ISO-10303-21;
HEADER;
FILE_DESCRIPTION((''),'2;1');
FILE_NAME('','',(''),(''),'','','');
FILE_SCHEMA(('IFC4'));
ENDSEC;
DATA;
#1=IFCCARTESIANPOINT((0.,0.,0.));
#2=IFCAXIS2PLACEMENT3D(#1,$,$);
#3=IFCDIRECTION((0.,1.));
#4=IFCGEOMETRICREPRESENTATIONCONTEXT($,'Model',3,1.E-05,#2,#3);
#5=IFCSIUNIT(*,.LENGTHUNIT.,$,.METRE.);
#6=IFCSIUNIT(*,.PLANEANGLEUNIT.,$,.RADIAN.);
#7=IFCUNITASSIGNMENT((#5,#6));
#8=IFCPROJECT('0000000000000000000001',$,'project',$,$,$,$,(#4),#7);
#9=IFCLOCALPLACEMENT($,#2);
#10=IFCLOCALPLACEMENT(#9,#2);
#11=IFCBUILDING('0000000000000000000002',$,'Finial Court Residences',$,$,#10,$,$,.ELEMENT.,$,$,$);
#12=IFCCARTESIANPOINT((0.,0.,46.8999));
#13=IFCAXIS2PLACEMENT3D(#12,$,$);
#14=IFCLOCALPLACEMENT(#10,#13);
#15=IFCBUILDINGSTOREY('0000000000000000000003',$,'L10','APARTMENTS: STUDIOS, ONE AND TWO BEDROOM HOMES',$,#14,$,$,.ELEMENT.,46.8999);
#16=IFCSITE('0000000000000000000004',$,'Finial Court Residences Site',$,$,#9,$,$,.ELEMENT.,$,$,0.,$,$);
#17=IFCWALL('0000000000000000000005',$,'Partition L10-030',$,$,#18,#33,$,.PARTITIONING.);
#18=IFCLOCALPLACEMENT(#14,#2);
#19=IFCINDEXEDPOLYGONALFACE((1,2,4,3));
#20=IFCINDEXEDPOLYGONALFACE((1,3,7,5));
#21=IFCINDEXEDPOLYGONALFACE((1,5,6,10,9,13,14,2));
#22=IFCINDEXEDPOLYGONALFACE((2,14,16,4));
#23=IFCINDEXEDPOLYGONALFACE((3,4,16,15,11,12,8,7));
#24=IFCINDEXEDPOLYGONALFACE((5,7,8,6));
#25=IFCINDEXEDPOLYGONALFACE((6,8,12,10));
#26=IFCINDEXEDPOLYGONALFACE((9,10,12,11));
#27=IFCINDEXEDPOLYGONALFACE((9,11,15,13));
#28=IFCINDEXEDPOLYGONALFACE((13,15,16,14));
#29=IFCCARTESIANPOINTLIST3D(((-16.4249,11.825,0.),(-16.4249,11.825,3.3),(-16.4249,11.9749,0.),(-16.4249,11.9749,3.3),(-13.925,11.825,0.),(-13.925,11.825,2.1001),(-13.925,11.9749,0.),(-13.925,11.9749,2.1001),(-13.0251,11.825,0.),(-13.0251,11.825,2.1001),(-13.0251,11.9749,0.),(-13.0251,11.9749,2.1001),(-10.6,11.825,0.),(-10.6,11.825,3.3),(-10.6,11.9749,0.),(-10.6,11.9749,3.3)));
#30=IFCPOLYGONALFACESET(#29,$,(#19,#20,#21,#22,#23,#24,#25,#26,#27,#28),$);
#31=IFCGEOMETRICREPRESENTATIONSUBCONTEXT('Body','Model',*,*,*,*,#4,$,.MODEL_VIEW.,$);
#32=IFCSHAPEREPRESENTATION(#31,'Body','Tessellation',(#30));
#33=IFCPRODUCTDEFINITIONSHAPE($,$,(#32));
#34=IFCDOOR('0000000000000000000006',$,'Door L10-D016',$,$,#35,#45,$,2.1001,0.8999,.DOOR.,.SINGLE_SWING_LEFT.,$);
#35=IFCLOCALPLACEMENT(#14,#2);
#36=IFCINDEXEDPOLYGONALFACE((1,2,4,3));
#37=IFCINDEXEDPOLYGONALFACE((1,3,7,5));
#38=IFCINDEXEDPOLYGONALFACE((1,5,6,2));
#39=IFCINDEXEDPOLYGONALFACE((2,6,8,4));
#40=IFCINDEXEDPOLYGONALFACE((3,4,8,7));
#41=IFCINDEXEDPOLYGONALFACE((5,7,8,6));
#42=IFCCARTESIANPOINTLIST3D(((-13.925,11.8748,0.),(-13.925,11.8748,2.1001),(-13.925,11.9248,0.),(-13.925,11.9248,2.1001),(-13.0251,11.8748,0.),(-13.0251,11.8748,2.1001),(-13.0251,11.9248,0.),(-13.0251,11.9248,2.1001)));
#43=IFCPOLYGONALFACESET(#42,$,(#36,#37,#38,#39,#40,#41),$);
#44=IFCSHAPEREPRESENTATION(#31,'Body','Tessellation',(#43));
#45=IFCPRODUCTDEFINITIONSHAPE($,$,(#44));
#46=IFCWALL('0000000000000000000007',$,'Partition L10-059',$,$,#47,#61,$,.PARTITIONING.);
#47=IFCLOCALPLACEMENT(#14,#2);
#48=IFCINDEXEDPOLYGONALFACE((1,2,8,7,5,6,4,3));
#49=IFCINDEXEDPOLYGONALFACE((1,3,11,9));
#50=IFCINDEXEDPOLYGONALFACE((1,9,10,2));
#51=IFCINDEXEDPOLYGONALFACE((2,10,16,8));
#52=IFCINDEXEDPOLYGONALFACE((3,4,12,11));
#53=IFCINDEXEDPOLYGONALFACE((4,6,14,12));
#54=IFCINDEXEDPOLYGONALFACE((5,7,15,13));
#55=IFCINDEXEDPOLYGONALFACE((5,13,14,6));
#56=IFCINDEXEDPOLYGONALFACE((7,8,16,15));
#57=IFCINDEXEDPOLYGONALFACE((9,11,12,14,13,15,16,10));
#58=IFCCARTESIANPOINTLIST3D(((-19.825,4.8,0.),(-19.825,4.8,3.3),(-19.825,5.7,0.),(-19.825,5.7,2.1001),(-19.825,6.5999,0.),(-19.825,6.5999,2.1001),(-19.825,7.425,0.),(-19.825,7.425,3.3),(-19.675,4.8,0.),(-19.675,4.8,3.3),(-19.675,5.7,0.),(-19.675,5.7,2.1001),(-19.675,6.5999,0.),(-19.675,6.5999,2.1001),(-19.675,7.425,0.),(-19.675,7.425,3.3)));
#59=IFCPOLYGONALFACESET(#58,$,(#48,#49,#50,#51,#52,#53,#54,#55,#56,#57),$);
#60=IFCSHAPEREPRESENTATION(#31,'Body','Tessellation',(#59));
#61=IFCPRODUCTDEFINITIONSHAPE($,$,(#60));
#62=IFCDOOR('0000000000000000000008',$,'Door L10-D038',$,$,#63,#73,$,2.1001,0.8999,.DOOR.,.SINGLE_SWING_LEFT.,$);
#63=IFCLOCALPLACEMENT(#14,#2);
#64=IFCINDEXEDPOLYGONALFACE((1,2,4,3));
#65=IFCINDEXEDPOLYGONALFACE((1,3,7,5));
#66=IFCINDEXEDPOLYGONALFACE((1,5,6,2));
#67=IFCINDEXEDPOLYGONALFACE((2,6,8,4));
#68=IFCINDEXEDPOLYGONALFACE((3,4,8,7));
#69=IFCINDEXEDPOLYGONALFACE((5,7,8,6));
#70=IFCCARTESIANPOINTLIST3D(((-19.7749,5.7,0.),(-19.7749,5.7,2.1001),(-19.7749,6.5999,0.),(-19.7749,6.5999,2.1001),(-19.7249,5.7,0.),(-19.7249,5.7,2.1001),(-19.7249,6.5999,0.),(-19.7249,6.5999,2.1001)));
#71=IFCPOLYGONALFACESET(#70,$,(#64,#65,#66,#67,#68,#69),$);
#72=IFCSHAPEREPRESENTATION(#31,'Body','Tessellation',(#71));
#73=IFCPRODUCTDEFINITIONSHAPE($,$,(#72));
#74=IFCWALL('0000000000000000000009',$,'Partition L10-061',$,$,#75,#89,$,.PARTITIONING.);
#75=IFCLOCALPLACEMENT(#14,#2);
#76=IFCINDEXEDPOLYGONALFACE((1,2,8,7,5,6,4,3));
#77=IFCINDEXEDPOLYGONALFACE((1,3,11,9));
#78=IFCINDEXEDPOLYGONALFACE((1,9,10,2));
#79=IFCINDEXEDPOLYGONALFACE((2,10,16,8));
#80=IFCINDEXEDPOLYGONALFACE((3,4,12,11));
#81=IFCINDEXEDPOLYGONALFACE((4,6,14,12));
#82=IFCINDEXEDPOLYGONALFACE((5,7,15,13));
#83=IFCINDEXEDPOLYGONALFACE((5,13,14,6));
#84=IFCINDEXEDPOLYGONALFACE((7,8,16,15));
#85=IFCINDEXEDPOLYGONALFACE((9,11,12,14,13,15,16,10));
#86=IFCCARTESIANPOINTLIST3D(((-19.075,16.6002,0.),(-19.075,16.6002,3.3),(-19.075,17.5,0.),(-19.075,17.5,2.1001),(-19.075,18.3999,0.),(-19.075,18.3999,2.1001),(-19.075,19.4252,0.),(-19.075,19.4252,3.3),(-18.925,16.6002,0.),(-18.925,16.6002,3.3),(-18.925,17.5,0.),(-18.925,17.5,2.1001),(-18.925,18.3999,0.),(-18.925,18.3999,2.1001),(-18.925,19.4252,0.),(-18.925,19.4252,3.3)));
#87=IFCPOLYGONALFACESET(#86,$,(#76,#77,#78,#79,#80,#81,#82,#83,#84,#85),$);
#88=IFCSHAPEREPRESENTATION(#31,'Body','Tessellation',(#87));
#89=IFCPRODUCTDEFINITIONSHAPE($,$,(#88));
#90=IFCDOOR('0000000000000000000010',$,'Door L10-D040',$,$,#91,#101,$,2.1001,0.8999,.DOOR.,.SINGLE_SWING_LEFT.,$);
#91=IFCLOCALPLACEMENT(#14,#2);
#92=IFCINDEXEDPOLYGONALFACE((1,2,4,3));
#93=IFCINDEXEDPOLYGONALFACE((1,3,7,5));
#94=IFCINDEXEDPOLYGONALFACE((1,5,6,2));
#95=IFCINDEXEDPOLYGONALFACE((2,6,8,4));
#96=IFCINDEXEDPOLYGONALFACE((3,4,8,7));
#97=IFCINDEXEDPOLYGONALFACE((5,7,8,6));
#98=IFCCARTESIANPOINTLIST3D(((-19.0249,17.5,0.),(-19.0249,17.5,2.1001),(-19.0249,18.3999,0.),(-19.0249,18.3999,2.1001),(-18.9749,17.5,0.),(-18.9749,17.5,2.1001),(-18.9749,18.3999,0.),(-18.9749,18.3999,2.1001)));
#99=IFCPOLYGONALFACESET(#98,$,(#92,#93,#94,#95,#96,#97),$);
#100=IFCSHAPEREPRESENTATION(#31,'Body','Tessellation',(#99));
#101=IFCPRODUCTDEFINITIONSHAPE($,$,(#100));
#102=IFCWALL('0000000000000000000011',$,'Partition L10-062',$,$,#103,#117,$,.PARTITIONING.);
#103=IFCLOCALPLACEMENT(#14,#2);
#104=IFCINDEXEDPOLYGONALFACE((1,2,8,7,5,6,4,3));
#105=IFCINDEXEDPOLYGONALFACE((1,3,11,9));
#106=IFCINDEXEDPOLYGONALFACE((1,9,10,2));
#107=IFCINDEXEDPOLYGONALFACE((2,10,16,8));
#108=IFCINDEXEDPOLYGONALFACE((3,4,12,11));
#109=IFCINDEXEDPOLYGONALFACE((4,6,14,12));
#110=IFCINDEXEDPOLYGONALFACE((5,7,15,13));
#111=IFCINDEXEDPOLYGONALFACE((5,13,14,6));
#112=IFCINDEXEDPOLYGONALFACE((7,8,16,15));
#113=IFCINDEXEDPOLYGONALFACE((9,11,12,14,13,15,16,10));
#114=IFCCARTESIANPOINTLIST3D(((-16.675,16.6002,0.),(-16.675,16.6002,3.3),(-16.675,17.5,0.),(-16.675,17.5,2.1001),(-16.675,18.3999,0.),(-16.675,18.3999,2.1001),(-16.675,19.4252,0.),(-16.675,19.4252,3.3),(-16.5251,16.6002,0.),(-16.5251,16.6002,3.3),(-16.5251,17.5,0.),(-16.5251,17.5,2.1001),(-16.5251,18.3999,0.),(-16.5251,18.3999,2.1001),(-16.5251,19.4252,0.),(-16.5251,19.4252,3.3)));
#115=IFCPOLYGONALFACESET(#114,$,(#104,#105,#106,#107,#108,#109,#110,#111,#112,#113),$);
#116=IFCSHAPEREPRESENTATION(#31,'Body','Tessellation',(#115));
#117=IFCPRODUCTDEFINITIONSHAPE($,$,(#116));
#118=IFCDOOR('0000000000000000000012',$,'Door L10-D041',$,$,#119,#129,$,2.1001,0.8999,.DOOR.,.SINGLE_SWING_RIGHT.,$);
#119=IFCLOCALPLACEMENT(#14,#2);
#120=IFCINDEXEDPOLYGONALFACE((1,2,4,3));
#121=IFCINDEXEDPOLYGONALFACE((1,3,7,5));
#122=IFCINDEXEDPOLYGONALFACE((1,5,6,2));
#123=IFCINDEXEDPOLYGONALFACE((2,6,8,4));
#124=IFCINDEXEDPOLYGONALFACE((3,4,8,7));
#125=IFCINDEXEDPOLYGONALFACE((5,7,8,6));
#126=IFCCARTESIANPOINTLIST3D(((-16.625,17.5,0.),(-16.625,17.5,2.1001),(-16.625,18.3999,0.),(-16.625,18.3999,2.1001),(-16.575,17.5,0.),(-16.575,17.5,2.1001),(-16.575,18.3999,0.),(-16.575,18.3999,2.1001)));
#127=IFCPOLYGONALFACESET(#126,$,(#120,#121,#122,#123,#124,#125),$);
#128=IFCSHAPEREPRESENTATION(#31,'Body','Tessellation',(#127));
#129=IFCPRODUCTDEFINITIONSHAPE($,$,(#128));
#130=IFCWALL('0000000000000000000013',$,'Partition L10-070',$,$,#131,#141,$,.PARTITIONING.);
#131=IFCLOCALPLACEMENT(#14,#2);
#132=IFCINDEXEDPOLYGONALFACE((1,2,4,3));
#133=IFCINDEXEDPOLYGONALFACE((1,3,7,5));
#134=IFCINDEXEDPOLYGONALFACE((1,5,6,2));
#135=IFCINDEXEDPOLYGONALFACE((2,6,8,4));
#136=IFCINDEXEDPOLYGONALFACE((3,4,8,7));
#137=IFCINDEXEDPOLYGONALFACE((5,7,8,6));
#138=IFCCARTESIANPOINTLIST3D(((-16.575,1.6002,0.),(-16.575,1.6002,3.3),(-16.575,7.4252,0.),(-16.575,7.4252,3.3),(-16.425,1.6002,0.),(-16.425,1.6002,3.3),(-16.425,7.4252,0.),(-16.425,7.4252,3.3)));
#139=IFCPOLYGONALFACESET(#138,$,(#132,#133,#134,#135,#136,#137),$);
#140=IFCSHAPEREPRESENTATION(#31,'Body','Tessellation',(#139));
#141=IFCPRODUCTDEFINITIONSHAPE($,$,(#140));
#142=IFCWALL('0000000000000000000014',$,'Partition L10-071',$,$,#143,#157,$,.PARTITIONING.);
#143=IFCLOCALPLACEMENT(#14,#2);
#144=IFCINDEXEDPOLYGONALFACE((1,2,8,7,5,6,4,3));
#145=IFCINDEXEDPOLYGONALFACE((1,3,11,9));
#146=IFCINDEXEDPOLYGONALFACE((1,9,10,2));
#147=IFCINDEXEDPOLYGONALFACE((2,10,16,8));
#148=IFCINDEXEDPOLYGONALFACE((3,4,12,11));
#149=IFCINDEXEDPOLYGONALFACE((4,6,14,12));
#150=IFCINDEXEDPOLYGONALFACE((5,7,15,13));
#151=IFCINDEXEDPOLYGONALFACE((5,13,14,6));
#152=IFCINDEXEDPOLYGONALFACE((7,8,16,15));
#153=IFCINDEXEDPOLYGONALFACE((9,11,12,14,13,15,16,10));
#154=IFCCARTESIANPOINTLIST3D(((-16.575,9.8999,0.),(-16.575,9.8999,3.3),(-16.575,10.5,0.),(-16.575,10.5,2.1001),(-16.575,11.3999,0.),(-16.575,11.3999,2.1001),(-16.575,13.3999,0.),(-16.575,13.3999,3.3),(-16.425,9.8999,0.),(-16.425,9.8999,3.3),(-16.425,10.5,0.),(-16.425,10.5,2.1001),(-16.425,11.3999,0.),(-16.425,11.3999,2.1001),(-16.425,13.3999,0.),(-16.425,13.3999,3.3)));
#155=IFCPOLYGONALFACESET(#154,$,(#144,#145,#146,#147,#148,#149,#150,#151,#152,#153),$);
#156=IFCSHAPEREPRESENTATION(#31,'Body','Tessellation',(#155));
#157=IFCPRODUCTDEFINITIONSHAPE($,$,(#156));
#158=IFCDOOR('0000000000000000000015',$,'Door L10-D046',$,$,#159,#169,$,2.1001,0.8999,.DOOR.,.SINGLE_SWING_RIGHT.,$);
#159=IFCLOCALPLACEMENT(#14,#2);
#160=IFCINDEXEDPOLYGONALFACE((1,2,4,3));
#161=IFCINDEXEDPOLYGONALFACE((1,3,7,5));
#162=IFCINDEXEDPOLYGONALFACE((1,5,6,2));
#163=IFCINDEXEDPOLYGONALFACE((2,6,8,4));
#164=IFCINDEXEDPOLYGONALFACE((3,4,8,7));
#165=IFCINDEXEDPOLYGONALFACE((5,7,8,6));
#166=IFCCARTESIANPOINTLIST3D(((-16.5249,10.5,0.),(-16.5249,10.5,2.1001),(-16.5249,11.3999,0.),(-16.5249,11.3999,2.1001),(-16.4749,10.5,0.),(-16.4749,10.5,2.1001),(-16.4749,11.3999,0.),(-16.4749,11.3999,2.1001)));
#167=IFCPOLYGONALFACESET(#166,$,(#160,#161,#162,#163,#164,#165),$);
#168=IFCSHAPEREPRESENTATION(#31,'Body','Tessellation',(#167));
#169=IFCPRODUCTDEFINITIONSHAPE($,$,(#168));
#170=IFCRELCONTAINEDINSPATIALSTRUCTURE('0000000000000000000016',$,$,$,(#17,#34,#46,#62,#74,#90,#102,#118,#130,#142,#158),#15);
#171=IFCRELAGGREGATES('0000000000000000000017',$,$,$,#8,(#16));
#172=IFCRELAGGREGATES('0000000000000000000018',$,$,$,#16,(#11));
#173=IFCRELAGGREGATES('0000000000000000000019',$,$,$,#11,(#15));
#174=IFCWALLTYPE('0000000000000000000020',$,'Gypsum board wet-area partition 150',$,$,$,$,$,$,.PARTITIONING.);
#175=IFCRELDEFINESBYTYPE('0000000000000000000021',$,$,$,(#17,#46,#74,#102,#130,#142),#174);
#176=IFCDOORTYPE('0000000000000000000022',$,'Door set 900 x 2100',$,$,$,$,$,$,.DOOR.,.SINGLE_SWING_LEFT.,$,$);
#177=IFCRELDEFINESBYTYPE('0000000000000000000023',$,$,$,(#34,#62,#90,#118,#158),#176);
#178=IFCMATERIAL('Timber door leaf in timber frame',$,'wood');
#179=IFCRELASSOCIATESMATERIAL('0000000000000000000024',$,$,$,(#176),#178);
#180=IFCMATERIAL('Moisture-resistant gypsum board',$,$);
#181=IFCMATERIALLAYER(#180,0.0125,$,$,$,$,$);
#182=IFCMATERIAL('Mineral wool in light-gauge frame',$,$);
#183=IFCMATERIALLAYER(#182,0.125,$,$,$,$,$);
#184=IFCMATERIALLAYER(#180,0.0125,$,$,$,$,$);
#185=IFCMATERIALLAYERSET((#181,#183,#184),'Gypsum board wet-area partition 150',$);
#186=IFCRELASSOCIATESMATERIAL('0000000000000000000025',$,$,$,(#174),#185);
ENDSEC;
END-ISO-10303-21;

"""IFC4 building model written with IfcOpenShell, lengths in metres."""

from ifc_helpers import new_model, si_unit, direction, frame, frame_2d, origin, place, context, subcontext, project, spatial, rectangle, extrude, material, layer, layer_set, type_object, element, fill, save


model = new_model("IFC4")

# Units and contexts
model_context = context("Model", 3, precision=1e-05, world=origin(), true_north=direction((0.0, 1.0)))
body_context = subcontext(model_context, "Body", "Model", "MODEL_VIEW")
ifc_project = project(units=[si_unit("LENGTHUNIT", "METRE"), si_unit("PLANEANGLEUNIT", "RADIAN")], contexts=[model_context])

# Site, building, storey
site_placement = place(None, origin())
site = spatial("IfcSite", under=ifc_project, at=site_placement, Name="Finial Court Residences Site", CompositionType="ELEMENT", RefElevation=0.0)
building_placement = place(site_placement, origin())
building = spatial("IfcBuilding", under=site, at=building_placement, Name="Finial Court Residences", CompositionType="ELEMENT")
storey_placement = place(building_placement, frame((0.0, 0.0, 46.8999)))
storey = spatial("IfcBuildingStorey", under=building, at=storey_placement, Name="L10", Description="APARTMENTS: STUDIOS, ONE AND TWO BEDROOM HOMES", CompositionType="ELEMENT", Elevation=46.8999)

# Shared definitions
ifc_material_1 = material(Name="Mineral wool in light-gauge frame")
ifc_material_2 = material(Name="Timber door leaf in timber frame", Category="wood")
door_type = type_object("IfcDoorType", Name="Door set 900 x 2100", OperationType="SINGLE_SWING_LEFT", PredefinedType="DOOR", material=ifc_material_2)

# Shared definitions
ifc_material_3 = material(Name="Moisture-resistant gypsum board")
ifc_layer_1 = layer(ifc_material_3, 0.0125)
ifc_layer_2 = layer(ifc_material_1, 0.125)
ifc_layer_3 = layer(ifc_material_3, 0.0125)
ifc_layer_set_1 = layer_set([ifc_layer_1, ifc_layer_2, ifc_layer_3], Name="Gypsum board wet-area partition 150")
wall_type_1 = type_object("IfcWallType", Name="Gypsum board wet-area partition 150", PredefinedType="PARTITIONING", material=ifc_layer_set_1)

# Walls, openings, doors
wall_1_placement = place(storey_placement, frame((-16.425, 11.8999, 0.0), z_axis=(0.0, 0.0, 1.0), x_axis=(1.0, 0.0, 0.0)))
wall_1 = element("IfcWall", 1, at=wall_1_placement, inside=storey, type_object=wall_type_1, Name="Partition L10-030", PredefinedType="PARTITIONING", context=body_context, shape_type="SweptSolid", body=[
    extrude(rectangle(XDim=5.825, YDim=0.1499, at=frame_2d((2.9126, 0.0))), origin(), (0.0, 0.0, 1.0), 3.3),
])
opening_1_placement = place(wall_1_placement, frame((2.5, 0.0, 0.0)))
opening_1 = element("IfcOpeningElement", 2, at=opening_1_placement, cuts=wall_1, PredefinedType="OPENING", context=body_context, shape_type="SweptSolid", body=[
    extrude(rectangle(XDim=0.8999, YDim=2.1001, at=frame_2d((0.45, 1.05))), frame((0.0, 0.085, 0.0), z_axis=(0.0, -1.0, 0.0), x_axis=(1.0, 0.0, 0.0)), (0.0, 0.0, 1.0), 0.1699),
])
door_1_placement = place(opening_1_placement, origin())
door_1 = element("IfcDoor", 3, at=door_1_placement, inside=storey, type_object=door_type, Name="Door L10-D016", OperationType="SINGLE_SWING_LEFT", OverallHeight=2.1001, OverallWidth=0.8999, PredefinedType="DOOR", context=body_context, shape_type="SweptSolid", body=[
    extrude(rectangle(XDim=0.8999, YDim=2.1001, at=frame_2d((0.45, 1.05))), frame((0.0, 0.0249, 0.0), z_axis=(0.0, -1.0, 0.0), x_axis=(1.0, 0.0, 0.0)), (0.0, 0.0, 1.0), 0.05),
])
fill(opening_1, door_1)
wall_2_placement = place(storey_placement, frame((-19.75, 4.8, 0.0), z_axis=(0.0, 0.0, 1.0), x_axis=(0.0, 1.0, 0.0)))
wall_2 = element("IfcWall", 4, at=wall_2_placement, inside=storey, type_object=wall_type_1, Name="Partition L10-059", PredefinedType="PARTITIONING", context=body_context, shape_type="SweptSolid", body=[
    extrude(rectangle(XDim=2.625, YDim=0.1499, at=frame_2d((1.3125, 0.0))), origin(), (0.0, 0.0, 1.0), 3.3),
])
opening_2_placement = place(wall_2_placement, frame((0.8999, 0.0, 0.0)))
opening_2 = element("IfcOpeningElement", 5, at=opening_2_placement, cuts=wall_2, PredefinedType="OPENING", context=body_context, shape_type="SweptSolid", body=[
    extrude(rectangle(XDim=0.8999, YDim=2.1001, at=frame_2d((0.45, 1.05))), frame((0.0, 0.085, 0.0), z_axis=(0.0, -1.0, 0.0), x_axis=(1.0, 0.0, 0.0)), (0.0, 0.0, 1.0), 0.1699),
])
door_2_placement = place(opening_2_placement, origin())
door_2 = element("IfcDoor", 6, at=door_2_placement, inside=storey, type_object=door_type, Name="Door L10-D038", OperationType="SINGLE_SWING_LEFT", OverallHeight=2.1001, OverallWidth=0.8999, PredefinedType="DOOR", context=body_context, shape_type="SweptSolid", body=[
    extrude(rectangle(XDim=0.8999, YDim=2.1001, at=frame_2d((0.45, 1.05))), frame((0.0, 0.0249, 0.0), z_axis=(0.0, -1.0, 0.0), x_axis=(1.0, 0.0, 0.0)), (0.0, 0.0, 1.0), 0.05),
])
fill(opening_2, door_2)
wall_3_placement = place(storey_placement, frame((-19.0, 16.6001, 0.0), z_axis=(0.0, 0.0, 1.0), x_axis=(0.0, 1.0, 0.0)))
wall_3 = element("IfcWall", 7, at=wall_3_placement, inside=storey, type_object=wall_type_1, Name="Partition L10-061", PredefinedType="PARTITIONING", context=body_context, shape_type="SweptSolid", body=[
    extrude(rectangle(XDim=2.825, YDim=0.1499, at=frame_2d((1.4126, 0.0))), origin(), (0.0, 0.0, 1.0), 3.3),
])
opening_3_placement = place(wall_3_placement, frame((0.8999, 0.0, 0.0)))
opening_3 = element("IfcOpeningElement", 8, at=opening_3_placement, cuts=wall_3, PredefinedType="OPENING", context=body_context, shape_type="SweptSolid", body=[
    extrude(rectangle(XDim=0.8999, YDim=2.1001, at=frame_2d((0.45, 1.05))), frame((0.0, 0.085, 0.0), z_axis=(0.0, -1.0, 0.0), x_axis=(1.0, 0.0, 0.0)), (0.0, 0.0, 1.0), 0.1699),
])
door_3_placement = place(opening_3_placement, origin())
door_3 = element("IfcDoor", 9, at=door_3_placement, inside=storey, type_object=door_type, Name="Door L10-D040", OperationType="SINGLE_SWING_LEFT", OverallHeight=2.1001, OverallWidth=0.8999, PredefinedType="DOOR", context=body_context, shape_type="SweptSolid", body=[
    extrude(rectangle(XDim=0.8999, YDim=2.1001, at=frame_2d((0.45, 1.05))), frame((0.0, 0.0249, 0.0), z_axis=(0.0, -1.0, 0.0), x_axis=(1.0, 0.0, 0.0)), (0.0, 0.0, 1.0), 0.05),
])
fill(opening_3, door_3)
wall_4_placement = place(storey_placement, frame((-16.6001, 16.6001, 0.0), z_axis=(0.0, 0.0, 1.0), x_axis=(0.0, 1.0, 0.0)))
wall_4 = element("IfcWall", 10, at=wall_4_placement, inside=storey, type_object=wall_type_1, Name="Partition L10-062", PredefinedType="PARTITIONING", context=body_context, shape_type="SweptSolid", body=[
    extrude(rectangle(XDim=2.825, YDim=0.1499, at=frame_2d((1.4126, 0.0))), origin(), (0.0, 0.0, 1.0), 3.3),
])
opening_4_placement = place(wall_4_placement, frame((0.8999, 0.0, 0.0)))
opening_4 = element("IfcOpeningElement", 11, at=opening_4_placement, cuts=wall_4, PredefinedType="OPENING", context=body_context, shape_type="SweptSolid", body=[
    extrude(rectangle(XDim=0.8999, YDim=2.1001, at=frame_2d((0.45, 1.05))), frame((0.0, 0.085, 0.0), z_axis=(0.0, -1.0, 0.0), x_axis=(1.0, 0.0, 0.0)), (0.0, 0.0, 1.0), 0.1699),
])
door_4_placement = place(opening_4_placement, origin())
door_4 = element("IfcDoor", 12, at=door_4_placement, inside=storey, type_object=door_type, Name="Door L10-D041", OperationType="SINGLE_SWING_RIGHT", OverallHeight=2.1001, OverallWidth=0.8999, PredefinedType="DOOR", context=body_context, shape_type="SweptSolid", body=[
    extrude(rectangle(XDim=0.8999, YDim=2.1001, at=frame_2d((0.45, 1.05))), frame((0.0, 0.0249, 0.0), z_axis=(0.0, -1.0, 0.0), x_axis=(1.0, 0.0, 0.0)), (0.0, 0.0, 1.0), 0.05),
])
fill(opening_4, door_4)

# Wall
wall_5_placement = place(storey_placement, frame((-16.5, 1.6001, 0.0), z_axis=(0.0, 0.0, 1.0), x_axis=(0.0, 1.0, 0.0)))
element("IfcWall", 13, at=wall_5_placement, inside=storey, type_object=wall_type_1, Name="Partition L10-070", PredefinedType="PARTITIONING", context=body_context, shape_type="SweptSolid", body=[
    extrude(rectangle(XDim=5.825, YDim=0.1499, at=frame_2d((2.9126, 0.0))), origin(), (0.0, 0.0, 1.0), 3.3),
])

# Wall, opening, door
wall_6_placement = place(storey_placement, frame((-16.5, 9.8999, 0.0), z_axis=(0.0, 0.0, 1.0), x_axis=(0.0, 1.0, 0.0)))
wall_6 = element("IfcWall", 14, at=wall_6_placement, inside=storey, type_object=wall_type_1, Name="Partition L10-071", PredefinedType="PARTITIONING", context=body_context, shape_type="SweptSolid", body=[
    extrude(rectangle(XDim=3.5, YDim=0.1499, at=frame_2d((1.75, 0.0))), origin(), (0.0, 0.0, 1.0), 3.3),
])
opening_5_placement = place(wall_6_placement, frame((0.6001, 0.0, 0.0)))
opening_5 = element("IfcOpeningElement", 15, at=opening_5_placement, cuts=wall_6, PredefinedType="OPENING", context=body_context, shape_type="SweptSolid", body=[
    extrude(rectangle(XDim=0.8999, YDim=2.1001, at=frame_2d((0.45, 1.05))), frame((0.0, 0.085, 0.0), z_axis=(0.0, -1.0, 0.0), x_axis=(1.0, 0.0, 0.0)), (0.0, 0.0, 1.0), 0.1699),
])
door_5_placement = place(opening_5_placement, origin())
door_5 = element("IfcDoor", 16, at=door_5_placement, inside=storey, type_object=door_type, Name="Door L10-D046", OperationType="SINGLE_SWING_RIGHT", OverallHeight=2.1001, OverallWidth=0.8999, PredefinedType="DOOR", context=body_context, shape_type="SweptSolid", body=[
    extrude(rectangle(XDim=0.8999, YDim=2.1001, at=frame_2d((0.45, 1.05))), frame((0.0, 0.0249, 0.0), z_axis=(0.0, -1.0, 0.0), x_axis=(1.0, 0.0, 0.0)), (0.0, 0.0, 1.0), 0.05),
])
fill(opening_5, door_5)

save(model, "model.ifc")
